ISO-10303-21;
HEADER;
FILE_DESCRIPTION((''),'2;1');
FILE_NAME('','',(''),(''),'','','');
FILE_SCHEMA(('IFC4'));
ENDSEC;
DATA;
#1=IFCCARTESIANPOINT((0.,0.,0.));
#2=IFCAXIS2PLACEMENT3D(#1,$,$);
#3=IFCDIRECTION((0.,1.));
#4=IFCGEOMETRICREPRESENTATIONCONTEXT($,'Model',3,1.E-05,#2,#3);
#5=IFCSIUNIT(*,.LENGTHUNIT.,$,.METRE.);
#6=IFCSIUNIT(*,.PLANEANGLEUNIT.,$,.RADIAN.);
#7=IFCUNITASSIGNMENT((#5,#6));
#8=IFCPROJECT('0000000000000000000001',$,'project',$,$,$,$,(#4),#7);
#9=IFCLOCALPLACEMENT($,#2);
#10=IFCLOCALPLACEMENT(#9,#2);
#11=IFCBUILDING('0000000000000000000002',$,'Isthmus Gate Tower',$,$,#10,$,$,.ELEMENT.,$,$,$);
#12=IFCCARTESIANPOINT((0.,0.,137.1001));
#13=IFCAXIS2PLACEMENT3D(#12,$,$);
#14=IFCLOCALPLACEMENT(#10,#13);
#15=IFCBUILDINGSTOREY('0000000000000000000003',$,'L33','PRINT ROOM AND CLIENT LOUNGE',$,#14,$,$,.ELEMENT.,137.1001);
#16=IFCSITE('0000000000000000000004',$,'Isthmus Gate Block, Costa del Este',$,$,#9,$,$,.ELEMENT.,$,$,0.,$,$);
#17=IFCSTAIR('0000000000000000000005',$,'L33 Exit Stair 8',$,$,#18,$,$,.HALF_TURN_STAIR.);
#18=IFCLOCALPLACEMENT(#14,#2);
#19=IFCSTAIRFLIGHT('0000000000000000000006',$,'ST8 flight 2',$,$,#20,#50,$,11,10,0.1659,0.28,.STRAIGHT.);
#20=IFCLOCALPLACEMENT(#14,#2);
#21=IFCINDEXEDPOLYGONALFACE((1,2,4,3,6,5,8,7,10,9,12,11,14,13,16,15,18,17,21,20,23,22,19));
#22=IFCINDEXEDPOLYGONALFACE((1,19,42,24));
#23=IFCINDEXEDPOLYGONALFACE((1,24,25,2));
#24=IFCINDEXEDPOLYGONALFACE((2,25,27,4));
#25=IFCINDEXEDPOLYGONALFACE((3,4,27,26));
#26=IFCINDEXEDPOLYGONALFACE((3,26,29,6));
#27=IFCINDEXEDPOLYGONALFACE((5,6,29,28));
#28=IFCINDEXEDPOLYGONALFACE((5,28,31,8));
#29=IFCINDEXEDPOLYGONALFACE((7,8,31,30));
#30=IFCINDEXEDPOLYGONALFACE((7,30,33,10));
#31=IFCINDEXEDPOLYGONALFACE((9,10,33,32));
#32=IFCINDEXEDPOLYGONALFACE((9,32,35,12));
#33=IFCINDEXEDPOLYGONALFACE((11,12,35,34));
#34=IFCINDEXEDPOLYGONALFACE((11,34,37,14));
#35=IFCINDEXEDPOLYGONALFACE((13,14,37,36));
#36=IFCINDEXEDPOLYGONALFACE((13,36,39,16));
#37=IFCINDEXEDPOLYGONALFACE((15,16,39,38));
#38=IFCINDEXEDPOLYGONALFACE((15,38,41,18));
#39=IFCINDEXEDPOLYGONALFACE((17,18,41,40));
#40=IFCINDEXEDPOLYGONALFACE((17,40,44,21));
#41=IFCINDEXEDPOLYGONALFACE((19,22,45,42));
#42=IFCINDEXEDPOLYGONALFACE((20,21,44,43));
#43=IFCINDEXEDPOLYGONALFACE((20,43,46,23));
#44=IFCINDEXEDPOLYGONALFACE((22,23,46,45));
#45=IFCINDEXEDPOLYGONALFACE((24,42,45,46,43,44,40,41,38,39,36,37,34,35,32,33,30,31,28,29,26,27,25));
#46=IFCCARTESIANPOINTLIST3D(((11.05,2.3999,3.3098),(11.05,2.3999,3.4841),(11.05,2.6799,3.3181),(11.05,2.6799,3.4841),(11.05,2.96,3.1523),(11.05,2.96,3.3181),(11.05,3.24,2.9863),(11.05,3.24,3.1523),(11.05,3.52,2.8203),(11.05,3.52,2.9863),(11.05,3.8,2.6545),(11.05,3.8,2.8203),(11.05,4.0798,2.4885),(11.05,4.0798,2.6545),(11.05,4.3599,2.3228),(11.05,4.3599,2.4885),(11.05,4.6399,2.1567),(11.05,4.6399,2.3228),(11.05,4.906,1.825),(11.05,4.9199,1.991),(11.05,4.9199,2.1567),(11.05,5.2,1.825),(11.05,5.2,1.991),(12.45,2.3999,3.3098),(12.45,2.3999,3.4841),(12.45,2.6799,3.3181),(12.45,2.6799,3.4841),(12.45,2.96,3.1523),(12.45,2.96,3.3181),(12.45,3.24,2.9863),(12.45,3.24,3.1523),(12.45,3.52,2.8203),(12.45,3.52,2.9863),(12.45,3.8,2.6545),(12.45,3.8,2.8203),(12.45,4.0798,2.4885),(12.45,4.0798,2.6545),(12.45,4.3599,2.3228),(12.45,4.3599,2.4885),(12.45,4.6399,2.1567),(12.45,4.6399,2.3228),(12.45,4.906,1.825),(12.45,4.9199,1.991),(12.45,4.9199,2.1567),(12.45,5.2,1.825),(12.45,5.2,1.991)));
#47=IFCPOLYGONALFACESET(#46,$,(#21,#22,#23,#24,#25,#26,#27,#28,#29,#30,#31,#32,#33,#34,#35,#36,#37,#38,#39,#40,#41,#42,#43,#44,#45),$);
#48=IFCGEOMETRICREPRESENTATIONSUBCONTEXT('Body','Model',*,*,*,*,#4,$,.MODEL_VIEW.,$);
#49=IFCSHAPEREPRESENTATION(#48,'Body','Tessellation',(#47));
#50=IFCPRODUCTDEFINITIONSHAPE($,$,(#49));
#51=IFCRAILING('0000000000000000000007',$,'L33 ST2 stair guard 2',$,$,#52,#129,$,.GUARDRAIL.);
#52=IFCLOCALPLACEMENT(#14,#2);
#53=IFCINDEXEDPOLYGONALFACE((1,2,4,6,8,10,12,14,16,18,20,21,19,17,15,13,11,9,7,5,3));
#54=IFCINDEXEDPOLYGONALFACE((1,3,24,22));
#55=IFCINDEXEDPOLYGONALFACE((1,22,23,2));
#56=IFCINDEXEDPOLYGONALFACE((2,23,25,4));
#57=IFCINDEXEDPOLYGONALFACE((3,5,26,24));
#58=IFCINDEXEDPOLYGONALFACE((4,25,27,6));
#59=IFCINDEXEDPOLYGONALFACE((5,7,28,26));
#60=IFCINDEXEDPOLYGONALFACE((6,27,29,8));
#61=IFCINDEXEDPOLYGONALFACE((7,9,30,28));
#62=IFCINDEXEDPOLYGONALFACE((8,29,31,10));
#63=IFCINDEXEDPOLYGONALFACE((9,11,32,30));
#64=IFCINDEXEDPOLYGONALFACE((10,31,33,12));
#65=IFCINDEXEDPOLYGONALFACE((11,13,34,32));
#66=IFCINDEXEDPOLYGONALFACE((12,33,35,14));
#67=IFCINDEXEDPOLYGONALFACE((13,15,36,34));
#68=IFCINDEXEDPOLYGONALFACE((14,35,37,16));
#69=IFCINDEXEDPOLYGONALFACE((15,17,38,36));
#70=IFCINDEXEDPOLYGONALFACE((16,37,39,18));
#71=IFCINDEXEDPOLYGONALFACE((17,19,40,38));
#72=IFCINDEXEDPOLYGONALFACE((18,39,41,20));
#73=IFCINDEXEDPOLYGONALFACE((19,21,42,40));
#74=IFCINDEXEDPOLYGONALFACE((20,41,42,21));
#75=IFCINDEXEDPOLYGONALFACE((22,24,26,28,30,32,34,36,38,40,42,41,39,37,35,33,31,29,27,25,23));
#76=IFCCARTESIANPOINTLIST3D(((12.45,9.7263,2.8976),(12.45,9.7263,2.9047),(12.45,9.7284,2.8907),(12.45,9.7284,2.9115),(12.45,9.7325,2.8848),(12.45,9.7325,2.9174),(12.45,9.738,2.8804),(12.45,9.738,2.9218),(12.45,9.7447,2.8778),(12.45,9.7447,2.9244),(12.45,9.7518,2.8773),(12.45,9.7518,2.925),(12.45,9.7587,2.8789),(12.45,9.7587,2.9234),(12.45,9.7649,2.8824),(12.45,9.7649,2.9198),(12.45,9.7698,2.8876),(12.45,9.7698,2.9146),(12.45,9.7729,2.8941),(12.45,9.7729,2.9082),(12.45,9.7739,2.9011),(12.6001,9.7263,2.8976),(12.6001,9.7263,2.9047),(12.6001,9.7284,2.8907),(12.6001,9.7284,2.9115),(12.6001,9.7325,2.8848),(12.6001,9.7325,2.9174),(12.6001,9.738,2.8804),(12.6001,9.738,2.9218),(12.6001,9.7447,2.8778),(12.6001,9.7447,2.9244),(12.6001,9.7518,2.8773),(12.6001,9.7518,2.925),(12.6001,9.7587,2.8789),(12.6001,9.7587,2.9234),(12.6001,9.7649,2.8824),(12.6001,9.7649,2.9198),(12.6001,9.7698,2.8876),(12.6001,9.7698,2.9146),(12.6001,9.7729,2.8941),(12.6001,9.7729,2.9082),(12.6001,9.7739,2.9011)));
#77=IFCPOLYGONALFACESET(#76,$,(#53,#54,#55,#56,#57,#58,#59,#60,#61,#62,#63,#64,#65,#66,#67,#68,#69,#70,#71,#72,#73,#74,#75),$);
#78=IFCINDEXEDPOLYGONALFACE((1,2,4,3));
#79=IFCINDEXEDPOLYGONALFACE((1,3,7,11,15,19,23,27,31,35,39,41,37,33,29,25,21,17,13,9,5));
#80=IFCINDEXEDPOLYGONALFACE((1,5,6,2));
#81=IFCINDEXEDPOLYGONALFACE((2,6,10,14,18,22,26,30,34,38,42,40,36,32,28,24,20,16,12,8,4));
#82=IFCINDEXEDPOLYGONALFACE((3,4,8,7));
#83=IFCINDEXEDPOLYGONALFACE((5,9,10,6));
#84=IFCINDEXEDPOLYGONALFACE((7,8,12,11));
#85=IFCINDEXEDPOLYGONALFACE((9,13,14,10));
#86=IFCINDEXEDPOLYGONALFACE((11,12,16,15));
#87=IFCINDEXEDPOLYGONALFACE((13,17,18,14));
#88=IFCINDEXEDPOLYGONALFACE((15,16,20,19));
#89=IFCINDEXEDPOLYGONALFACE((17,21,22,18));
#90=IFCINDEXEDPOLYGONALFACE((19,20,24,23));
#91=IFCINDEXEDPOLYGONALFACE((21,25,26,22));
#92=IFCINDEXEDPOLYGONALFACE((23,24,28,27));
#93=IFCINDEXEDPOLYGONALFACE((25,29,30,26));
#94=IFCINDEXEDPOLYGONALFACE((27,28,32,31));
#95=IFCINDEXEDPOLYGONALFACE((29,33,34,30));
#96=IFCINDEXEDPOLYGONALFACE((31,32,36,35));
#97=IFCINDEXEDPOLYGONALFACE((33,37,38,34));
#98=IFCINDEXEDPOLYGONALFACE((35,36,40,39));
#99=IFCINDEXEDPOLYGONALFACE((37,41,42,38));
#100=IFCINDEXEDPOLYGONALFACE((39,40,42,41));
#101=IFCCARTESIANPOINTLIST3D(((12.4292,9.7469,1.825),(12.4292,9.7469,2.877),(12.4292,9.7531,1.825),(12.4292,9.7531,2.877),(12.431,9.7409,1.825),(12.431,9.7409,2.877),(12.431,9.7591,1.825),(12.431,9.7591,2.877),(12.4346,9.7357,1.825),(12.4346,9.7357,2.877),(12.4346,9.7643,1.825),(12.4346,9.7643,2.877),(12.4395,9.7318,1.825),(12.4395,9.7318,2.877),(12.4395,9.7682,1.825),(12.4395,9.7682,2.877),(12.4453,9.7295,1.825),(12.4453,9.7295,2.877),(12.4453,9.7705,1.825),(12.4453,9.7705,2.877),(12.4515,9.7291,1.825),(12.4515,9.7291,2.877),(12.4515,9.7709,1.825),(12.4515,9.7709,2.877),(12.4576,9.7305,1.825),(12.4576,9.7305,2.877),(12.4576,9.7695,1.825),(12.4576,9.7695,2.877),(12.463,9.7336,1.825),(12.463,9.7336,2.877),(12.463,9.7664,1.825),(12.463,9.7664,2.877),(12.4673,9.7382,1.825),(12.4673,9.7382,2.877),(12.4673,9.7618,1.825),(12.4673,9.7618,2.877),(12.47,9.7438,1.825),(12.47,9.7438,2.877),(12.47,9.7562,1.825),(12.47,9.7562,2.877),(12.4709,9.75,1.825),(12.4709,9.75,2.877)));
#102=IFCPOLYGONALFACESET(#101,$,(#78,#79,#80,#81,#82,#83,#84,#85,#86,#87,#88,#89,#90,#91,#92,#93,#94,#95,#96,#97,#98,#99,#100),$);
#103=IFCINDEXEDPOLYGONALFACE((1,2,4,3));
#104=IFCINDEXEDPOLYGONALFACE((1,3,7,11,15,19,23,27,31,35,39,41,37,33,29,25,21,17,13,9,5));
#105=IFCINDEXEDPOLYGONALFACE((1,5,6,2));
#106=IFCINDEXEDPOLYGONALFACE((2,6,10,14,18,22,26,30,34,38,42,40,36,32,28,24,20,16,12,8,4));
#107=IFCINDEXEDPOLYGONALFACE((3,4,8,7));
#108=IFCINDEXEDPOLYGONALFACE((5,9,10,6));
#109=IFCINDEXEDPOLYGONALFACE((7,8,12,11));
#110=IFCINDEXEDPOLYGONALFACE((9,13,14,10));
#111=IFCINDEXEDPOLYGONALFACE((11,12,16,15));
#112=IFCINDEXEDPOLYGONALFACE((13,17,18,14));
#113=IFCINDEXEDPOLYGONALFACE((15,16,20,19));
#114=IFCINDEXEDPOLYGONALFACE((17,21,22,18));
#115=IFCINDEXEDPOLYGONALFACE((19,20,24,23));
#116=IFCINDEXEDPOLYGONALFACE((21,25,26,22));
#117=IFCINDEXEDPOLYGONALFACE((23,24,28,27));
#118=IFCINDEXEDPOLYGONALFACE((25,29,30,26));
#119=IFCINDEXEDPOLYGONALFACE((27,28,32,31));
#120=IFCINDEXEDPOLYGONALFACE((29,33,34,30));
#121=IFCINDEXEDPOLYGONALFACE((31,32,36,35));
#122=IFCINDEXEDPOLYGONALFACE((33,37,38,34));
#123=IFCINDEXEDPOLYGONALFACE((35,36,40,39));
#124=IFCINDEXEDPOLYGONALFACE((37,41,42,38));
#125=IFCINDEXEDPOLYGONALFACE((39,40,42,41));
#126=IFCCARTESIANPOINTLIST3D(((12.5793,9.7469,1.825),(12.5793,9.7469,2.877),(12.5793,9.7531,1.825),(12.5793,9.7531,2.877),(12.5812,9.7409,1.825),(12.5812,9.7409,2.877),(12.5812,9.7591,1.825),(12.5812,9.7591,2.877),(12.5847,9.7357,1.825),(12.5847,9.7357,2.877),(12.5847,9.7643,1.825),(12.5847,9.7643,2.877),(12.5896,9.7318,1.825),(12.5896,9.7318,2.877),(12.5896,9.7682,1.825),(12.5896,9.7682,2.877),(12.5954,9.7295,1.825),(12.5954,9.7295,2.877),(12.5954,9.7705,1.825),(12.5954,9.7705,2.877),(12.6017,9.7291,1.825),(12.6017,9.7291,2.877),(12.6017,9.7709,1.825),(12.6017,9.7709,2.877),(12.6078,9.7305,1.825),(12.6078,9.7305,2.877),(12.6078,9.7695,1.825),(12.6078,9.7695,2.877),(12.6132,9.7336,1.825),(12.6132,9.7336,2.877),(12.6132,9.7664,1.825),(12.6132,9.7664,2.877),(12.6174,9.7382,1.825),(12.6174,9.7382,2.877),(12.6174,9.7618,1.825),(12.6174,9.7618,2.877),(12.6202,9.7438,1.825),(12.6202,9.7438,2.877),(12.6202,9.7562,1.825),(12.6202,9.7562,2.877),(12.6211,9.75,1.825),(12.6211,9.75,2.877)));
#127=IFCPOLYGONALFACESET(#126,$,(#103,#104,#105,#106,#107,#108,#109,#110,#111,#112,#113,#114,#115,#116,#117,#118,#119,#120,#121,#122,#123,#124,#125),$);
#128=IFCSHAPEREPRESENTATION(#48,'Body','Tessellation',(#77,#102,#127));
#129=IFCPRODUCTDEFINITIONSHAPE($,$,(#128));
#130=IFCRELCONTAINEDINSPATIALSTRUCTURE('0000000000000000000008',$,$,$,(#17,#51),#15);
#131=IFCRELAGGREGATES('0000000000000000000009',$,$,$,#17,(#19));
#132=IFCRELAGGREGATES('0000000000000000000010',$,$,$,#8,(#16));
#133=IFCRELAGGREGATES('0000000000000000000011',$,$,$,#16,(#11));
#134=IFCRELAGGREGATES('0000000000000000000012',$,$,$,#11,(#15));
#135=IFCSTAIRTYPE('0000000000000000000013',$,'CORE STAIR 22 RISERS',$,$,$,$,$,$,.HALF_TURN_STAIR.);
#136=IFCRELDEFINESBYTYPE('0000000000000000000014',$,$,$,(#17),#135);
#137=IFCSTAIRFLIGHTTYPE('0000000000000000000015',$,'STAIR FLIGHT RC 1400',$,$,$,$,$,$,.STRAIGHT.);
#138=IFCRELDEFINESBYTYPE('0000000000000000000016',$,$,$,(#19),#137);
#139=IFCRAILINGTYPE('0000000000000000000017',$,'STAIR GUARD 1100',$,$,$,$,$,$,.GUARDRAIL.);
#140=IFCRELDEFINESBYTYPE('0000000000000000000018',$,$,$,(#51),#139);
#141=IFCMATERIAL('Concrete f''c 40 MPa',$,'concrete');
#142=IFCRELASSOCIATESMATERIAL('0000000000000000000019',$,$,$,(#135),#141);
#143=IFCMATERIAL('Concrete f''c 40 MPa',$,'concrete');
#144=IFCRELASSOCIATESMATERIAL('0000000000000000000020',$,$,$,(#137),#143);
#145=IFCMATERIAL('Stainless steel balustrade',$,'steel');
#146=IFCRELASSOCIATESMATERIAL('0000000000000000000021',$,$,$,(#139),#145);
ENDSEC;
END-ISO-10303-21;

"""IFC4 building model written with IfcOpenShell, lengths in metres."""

from ifc_helpers import new_model, si_unit, direction, frame, origin, origin_2d, place, context, subcontext, project, spatial, polyline, circle, outline, extrude, material, type_object, element, aggregate, save


model = new_model("IFC4")

# Units and contexts
model_context = context("Model", 3, precision=1e-05, world=origin(), true_north=direction((0.0, 1.0)))
body_context = subcontext(model_context, "Body", "Model", "MODEL_VIEW")
ifc_project = project(units=[si_unit("LENGTHUNIT", "METRE"), si_unit("PLANEANGLEUNIT", "RADIAN")], contexts=[model_context])

# Site, building, storey
site_placement = place(None, origin())
site = spatial("IfcSite", under=ifc_project, at=site_placement, Name="Isthmus Gate Block, Costa del Este", CompositionType="ELEMENT", RefElevation=0.0)
building_placement = place(site_placement, origin())
building = spatial("IfcBuilding", under=site, at=building_placement, Name="Isthmus Gate Tower", CompositionType="ELEMENT")
storey_placement = place(building_placement, frame((0.0, 0.0, 137.1001)))
storey = spatial("IfcBuildingStorey", under=building, at=storey_placement, Name="L33", Description="PRINT ROOM AND CLIENT LOUNGE", CompositionType="ELEMENT", Elevation=137.1001)

# Stair, stair flight
ifc_material_1 = material(Name="Concrete f'c 40 MPa", Category="concrete")
stair_type = type_object("IfcStairType", Name="CORE STAIR 22 RISERS", PredefinedType="HALF_TURN_STAIR", material=ifc_material_1)
stair_placement = place(storey_placement, origin())
stair = element("IfcStair", 1, at=stair_placement, inside=storey, type_object=stair_type, Name="L33 Exit Stair 8", PredefinedType="HALF_TURN_STAIR")
ifc_material_2 = material(Name="Concrete f'c 40 MPa", Category="concrete")
stair_flight_type = type_object("IfcStairFlightType", Name="STAIR FLIGHT RC 1400", PredefinedType="STRAIGHT", material=ifc_material_2)
stair_flight_placement = place(storey_placement, frame((11.75, 5.2, 1.825), z_axis=(0.0, 0.0, 1.0), x_axis=(0.0, -1.0, 0.0)))
stair_flight = element("IfcStairFlight", 2, at=stair_flight_placement, type_object=stair_flight_type, Name="ST8 flight 2", NumberOfRisers=11, NumberOfTreads=10, PredefinedType="STRAIGHT", RiserHeight=0.1659, TreadLength=0.28, context=body_context, shape_type="SweptSolid", body=[
    extrude(outline(polyline([(0.0, 0.0), (0.0, 0.166), (0.28, 0.166), (0.28, 0.3318), (0.5601, 0.3318), (0.5601, 0.4978), (0.8401, 0.4978), (0.8401, 0.6636), (1.1201, 0.6636), (1.1201, 0.8296), (1.3999, 0.8296), (1.3999, 0.9954), (1.6799, 0.9954), (1.6799, 1.1614), (1.96, 1.1614), (1.96, 1.3274), (2.24, 1.3274), (2.24, 1.4932), (2.52, 1.4932), (2.52, 1.6592), (2.8, 1.6592), (2.8, 1.825), (2.8, 1.4849), (0.2939, 0.0), (0.0, 0.0)])), frame((0.0, 0.7, 0.0), z_axis=(0.0, -1.0, 0.0), x_axis=(1.0, 0.0, 0.0)), (0.0, 0.0, 1.0), 1.3999),
])
aggregate(stair, [stair_flight])

# Railing
ifc_material_3 = material(Name="Stainless steel balustrade", Category="steel")
railing_type_1 = type_object("IfcRailingType", Name="STAIR GUARD 1100", PredefinedType="GUARDRAIL", material=ifc_material_3)
railing_1_placement = place(storey_placement, frame((12.45, 9.75, 1.825)))
element("IfcRailing", 3, at=railing_1_placement, inside=storey, type_object=railing_type_1, Name="L33 ST2 stair guard 2", PredefinedType="GUARDRAIL", context=body_context, shape_type="SweptSolid", body=[
    extrude(circle(Radius=0.0239, at=origin_2d()), frame((0.0, 0.0, 1.0762), z_axis=(1.0, 0.0, 0.0), x_axis=(0.0, 1.0, 0.0)), (0.0, 0.0, 1.0), 0.1501),
    extrude(circle(Radius=0.021, at=origin_2d()), origin(), (0.0, 0.0, 1.0), 1.052),
    extrude(circle(Radius=0.021, at=origin_2d()), frame((0.1501, 0.0, 0.0)), (0.0, 0.0, 1.0), 1.052),
])

save(model, "model.ifc")
